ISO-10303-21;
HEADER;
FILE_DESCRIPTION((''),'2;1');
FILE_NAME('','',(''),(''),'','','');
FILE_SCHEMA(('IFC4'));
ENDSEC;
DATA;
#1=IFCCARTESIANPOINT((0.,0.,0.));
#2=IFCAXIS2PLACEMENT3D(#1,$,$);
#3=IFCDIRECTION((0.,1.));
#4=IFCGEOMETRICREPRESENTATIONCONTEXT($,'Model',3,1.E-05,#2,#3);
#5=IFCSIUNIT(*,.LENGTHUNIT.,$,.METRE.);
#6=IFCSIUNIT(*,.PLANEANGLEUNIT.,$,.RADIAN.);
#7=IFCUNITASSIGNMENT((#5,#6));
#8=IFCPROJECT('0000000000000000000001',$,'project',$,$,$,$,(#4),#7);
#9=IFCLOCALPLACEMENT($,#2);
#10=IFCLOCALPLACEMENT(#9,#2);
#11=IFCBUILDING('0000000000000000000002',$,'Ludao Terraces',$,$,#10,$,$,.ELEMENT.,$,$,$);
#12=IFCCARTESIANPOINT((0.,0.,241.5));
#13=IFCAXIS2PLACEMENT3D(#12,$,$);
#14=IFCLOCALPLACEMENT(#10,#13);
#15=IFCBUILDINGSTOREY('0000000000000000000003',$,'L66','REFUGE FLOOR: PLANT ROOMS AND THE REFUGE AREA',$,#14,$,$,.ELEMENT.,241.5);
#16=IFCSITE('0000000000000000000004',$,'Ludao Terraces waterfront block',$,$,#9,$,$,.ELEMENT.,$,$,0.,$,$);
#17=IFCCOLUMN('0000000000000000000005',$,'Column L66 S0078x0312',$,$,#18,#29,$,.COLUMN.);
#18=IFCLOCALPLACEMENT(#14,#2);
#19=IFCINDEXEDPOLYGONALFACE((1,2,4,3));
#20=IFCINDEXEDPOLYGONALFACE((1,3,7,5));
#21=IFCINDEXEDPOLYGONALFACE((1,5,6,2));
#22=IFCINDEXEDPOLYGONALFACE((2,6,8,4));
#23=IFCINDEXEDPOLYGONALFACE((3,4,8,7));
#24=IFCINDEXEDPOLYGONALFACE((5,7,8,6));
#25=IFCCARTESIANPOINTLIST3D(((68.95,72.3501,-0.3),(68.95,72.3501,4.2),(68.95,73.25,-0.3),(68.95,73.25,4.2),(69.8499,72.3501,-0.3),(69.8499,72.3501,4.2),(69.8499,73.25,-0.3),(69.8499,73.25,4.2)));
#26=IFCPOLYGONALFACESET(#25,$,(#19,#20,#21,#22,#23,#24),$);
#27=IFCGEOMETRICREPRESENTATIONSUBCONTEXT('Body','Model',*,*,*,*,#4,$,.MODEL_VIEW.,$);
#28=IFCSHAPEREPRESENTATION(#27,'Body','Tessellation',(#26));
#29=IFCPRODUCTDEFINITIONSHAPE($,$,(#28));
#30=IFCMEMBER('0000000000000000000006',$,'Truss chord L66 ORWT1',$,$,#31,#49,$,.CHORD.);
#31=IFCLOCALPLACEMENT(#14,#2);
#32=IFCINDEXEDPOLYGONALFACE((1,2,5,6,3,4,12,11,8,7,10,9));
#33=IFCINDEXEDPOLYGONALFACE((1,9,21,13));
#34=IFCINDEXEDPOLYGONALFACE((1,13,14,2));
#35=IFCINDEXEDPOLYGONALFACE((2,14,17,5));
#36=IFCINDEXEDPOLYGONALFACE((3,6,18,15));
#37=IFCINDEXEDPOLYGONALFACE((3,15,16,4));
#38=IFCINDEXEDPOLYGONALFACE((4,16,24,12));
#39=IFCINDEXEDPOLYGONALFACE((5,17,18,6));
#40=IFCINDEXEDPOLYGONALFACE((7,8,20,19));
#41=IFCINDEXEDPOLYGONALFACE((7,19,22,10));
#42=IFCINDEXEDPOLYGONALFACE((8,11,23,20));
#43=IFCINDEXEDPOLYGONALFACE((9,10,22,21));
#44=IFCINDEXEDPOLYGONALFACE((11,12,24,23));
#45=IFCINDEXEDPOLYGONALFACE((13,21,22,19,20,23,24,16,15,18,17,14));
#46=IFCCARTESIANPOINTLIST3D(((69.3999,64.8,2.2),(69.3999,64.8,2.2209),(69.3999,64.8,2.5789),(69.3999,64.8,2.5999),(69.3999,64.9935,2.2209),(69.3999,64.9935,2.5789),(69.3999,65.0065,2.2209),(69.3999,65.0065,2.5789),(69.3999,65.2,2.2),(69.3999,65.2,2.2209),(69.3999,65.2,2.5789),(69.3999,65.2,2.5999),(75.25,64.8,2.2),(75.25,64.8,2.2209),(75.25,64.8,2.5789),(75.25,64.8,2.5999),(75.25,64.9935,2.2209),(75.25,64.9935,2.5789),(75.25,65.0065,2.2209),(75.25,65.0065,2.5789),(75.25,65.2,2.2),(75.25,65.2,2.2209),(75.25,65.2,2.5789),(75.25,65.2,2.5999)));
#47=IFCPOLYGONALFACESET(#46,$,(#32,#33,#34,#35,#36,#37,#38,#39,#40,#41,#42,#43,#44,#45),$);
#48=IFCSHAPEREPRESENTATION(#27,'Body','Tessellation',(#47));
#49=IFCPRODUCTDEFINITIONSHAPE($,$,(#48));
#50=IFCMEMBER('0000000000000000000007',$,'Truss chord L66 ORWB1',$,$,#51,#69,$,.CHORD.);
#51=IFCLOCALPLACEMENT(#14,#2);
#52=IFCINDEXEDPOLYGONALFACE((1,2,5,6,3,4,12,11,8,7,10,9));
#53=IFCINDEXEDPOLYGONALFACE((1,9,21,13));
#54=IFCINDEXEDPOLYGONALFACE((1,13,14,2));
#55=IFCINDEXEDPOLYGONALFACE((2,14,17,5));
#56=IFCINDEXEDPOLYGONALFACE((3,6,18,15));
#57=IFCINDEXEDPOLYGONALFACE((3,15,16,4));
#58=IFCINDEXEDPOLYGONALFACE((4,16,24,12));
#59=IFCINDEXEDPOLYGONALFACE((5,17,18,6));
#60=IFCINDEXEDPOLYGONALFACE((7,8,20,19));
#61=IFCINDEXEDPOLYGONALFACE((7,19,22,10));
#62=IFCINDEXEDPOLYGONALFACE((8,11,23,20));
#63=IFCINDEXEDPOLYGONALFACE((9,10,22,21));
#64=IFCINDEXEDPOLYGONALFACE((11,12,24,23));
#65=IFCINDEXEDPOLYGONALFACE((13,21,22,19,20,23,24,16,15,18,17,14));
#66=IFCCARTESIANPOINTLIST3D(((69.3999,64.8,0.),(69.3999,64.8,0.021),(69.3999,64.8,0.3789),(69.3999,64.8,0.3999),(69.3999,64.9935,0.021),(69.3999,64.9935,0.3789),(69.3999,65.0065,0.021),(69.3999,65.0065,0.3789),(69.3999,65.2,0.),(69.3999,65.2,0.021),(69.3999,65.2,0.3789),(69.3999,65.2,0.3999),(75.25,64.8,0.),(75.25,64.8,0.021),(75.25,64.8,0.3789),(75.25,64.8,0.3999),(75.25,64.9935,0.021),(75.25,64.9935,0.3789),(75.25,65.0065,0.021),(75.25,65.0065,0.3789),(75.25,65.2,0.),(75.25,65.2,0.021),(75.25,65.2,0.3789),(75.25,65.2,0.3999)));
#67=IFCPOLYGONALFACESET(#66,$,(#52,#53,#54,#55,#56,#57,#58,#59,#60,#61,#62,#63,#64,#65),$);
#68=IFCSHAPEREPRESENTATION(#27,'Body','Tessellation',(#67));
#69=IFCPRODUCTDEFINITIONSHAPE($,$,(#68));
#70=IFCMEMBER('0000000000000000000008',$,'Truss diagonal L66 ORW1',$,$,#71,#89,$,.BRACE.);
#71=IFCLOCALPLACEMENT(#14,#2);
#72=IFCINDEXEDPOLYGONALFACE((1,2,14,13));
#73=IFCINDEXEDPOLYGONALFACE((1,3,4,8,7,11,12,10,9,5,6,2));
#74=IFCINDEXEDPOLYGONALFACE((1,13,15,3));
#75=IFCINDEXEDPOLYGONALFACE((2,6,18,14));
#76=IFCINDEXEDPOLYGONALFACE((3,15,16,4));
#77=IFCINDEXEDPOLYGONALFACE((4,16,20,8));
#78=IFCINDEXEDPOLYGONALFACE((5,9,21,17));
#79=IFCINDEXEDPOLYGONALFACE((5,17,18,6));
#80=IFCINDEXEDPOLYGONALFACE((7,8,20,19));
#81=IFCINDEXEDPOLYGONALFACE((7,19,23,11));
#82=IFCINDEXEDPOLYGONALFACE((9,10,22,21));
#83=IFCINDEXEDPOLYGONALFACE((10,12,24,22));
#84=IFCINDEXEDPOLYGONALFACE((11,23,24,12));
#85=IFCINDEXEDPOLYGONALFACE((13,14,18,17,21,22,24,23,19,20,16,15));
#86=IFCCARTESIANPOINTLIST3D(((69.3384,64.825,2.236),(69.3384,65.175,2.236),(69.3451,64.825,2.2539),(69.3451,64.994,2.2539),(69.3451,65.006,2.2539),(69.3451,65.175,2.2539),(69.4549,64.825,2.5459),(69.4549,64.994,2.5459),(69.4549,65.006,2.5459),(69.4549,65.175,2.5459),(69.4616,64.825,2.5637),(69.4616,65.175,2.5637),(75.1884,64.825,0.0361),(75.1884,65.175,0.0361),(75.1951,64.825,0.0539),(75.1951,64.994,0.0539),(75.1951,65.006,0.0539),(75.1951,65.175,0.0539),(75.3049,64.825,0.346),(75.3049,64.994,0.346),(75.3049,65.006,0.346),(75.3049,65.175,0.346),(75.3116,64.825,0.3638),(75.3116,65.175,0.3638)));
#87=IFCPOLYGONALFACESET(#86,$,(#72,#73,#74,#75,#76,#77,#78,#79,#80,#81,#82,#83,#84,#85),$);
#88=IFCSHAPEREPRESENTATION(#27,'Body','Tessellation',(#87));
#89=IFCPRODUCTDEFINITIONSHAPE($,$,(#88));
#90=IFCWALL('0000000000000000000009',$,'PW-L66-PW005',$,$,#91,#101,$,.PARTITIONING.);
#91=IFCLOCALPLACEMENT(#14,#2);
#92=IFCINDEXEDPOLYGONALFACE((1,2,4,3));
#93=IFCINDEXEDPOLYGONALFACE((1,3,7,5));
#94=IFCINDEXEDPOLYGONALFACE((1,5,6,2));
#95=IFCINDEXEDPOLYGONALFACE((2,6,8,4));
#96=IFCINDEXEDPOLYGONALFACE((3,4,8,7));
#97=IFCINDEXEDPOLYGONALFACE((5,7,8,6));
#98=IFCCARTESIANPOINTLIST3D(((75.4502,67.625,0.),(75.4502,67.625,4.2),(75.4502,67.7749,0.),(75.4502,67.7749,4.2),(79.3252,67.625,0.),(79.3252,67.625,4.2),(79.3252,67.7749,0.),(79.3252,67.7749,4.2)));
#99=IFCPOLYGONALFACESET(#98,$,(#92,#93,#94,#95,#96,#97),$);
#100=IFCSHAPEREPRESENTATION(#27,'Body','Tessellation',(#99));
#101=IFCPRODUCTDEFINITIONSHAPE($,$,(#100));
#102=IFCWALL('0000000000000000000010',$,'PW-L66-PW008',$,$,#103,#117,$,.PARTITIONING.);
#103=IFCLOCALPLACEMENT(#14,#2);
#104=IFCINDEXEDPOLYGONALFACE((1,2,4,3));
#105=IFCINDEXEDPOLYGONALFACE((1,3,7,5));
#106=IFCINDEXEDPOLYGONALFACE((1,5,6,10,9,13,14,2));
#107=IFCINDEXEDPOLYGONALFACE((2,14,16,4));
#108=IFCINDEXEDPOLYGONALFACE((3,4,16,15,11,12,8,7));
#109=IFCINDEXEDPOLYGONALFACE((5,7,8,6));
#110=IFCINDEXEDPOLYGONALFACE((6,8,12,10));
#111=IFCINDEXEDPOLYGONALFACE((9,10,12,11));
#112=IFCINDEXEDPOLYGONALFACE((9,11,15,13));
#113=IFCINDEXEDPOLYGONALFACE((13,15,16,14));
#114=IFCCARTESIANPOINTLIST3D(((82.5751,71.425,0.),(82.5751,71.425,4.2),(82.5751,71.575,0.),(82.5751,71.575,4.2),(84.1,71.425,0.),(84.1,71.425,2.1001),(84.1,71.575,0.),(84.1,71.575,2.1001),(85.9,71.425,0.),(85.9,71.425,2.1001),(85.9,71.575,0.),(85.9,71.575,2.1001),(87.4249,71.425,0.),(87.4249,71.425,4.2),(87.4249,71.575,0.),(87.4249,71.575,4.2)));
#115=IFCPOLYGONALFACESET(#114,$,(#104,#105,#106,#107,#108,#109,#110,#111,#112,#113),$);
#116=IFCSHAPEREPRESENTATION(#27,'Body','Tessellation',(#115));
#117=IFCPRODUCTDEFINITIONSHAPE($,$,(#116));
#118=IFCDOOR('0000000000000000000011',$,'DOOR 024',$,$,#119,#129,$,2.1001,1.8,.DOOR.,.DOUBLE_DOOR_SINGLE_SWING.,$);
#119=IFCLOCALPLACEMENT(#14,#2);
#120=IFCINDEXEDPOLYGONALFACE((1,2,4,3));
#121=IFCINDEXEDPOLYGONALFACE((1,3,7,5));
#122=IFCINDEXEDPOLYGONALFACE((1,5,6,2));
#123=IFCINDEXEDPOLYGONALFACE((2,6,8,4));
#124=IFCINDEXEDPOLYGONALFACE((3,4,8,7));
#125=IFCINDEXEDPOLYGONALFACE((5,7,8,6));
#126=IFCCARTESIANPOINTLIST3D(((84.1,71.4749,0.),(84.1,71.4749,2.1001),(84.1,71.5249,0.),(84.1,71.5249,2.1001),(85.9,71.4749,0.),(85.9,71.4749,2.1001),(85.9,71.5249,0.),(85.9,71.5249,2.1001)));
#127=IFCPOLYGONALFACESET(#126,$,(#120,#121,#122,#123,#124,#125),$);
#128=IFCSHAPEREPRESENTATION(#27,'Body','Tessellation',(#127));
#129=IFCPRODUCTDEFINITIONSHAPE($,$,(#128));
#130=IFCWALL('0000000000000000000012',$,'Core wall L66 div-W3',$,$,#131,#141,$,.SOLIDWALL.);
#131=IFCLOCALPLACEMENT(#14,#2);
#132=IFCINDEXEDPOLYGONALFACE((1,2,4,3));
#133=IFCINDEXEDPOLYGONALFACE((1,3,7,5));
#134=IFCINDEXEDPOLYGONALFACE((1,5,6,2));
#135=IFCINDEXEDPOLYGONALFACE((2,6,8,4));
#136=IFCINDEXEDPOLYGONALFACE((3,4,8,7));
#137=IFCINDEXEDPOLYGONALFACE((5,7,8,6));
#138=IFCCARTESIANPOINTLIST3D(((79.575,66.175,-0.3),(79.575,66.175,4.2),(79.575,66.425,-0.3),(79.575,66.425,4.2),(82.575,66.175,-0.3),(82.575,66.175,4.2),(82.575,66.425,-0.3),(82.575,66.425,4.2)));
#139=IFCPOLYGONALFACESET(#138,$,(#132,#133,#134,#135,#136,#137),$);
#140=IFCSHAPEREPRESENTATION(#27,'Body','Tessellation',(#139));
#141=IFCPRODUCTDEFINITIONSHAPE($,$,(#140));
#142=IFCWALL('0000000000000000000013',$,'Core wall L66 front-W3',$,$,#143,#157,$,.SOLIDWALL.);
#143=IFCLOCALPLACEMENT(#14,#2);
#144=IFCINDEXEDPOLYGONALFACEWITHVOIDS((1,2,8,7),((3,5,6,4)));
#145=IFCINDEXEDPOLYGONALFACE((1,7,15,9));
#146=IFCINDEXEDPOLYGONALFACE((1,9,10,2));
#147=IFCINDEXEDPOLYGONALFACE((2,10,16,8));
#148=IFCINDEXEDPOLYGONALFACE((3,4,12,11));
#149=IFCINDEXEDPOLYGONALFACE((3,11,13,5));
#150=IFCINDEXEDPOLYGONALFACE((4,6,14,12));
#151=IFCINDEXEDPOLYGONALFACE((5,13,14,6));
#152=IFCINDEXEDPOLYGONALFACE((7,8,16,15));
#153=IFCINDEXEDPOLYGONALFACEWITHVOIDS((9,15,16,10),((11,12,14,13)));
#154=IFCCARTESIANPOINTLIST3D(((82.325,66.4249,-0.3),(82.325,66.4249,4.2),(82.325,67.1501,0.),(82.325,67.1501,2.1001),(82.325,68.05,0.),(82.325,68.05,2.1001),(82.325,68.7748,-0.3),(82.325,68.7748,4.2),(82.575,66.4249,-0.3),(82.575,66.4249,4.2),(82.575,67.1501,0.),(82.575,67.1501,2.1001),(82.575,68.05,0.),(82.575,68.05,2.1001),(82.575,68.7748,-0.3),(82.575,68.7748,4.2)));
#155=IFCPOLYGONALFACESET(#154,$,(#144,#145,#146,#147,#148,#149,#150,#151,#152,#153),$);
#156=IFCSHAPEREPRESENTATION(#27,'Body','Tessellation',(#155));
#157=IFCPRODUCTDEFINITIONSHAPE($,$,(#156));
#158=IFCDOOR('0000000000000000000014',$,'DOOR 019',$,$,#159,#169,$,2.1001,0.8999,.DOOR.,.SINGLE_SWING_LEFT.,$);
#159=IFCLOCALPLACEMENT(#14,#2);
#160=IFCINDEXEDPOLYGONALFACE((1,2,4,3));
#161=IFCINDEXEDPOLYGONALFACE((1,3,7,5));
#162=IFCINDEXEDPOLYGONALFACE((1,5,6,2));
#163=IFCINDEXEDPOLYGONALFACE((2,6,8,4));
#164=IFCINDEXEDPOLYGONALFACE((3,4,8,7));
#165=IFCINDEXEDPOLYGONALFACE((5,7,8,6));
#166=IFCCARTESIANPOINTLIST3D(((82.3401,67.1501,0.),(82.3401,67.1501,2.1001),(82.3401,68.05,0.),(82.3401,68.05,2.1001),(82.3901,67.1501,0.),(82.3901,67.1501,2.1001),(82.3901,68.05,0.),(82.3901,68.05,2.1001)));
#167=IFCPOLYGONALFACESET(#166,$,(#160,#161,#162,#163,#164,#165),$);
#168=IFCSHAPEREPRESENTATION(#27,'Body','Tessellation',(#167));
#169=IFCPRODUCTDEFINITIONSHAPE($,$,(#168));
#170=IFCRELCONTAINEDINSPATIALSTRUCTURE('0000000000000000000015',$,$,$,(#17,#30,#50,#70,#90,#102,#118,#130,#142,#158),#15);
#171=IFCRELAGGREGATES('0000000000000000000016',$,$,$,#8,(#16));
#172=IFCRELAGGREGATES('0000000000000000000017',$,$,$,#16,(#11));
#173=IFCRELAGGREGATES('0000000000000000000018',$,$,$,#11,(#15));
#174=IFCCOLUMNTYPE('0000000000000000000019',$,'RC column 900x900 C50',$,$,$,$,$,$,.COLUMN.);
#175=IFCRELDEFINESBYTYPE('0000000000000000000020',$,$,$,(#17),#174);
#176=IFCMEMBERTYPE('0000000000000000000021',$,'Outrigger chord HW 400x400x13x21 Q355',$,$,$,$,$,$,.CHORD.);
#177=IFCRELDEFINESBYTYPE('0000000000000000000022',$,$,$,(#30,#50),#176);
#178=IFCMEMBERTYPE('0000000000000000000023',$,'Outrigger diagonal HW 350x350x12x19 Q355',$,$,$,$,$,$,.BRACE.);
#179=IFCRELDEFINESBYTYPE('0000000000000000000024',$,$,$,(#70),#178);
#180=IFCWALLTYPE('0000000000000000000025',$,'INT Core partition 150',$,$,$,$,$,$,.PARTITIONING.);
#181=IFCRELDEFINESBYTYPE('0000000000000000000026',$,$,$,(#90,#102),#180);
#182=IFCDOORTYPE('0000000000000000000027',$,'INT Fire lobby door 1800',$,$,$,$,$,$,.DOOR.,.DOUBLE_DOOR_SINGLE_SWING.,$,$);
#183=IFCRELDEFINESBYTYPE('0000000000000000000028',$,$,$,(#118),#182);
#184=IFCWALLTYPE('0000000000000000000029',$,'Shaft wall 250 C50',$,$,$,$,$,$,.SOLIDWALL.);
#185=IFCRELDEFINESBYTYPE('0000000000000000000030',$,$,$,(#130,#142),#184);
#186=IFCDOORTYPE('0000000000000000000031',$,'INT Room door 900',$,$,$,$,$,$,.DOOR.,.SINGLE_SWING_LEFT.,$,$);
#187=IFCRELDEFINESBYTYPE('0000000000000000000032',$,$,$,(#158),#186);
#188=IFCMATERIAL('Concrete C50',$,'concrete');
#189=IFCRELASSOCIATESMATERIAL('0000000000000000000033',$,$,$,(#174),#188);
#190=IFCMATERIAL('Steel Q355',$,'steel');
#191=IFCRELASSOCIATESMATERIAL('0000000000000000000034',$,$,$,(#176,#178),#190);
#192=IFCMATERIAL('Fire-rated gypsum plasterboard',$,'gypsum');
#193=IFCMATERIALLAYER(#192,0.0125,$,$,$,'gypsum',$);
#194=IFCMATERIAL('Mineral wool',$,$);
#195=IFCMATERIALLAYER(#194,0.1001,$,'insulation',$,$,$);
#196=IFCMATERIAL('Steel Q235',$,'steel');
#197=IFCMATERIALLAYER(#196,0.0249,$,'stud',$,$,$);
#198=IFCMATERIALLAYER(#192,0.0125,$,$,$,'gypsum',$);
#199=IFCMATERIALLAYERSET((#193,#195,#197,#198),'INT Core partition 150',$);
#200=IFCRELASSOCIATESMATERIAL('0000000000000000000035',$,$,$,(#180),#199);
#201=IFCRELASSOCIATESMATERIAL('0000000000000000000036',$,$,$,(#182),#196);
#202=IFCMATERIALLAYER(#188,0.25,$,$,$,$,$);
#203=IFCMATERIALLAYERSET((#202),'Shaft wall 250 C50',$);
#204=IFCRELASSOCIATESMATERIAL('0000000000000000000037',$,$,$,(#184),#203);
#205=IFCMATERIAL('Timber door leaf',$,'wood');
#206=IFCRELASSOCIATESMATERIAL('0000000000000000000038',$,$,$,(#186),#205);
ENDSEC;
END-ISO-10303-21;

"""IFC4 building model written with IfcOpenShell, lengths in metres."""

from ifc_helpers import new_model, si_unit, direction, frame, frame_2d, origin, origin_2d, place, context, subcontext, project, spatial, rectangle, i_section, extrude, material, layer, layer_set, material_profile, profile_set, type_object, element, fill, save


model = new_model("IFC4")

# Units and contexts
model_context = context("Model", 3, precision=1e-05, world=origin(), true_north=direction((0.0, 1.0)))
body_context = subcontext(model_context, "Body", "Model", "MODEL_VIEW")
ifc_project = project(units=[si_unit("LENGTHUNIT", "METRE"), si_unit("PLANEANGLEUNIT", "RADIAN")], contexts=[model_context])

# Site, building, storey
site_placement = place(None, origin())
site = spatial("IfcSite", under=ifc_project, at=site_placement, Name="Ludao Terraces waterfront block", CompositionType="ELEMENT", RefElevation=0.0)
building_placement = place(site_placement, origin())
building = spatial("IfcBuilding", under=site, at=building_placement, Name="Ludao Terraces", CompositionType="ELEMENT")
storey_placement = place(building_placement, frame((0.0, 0.0, 241.5)))
storey = spatial("IfcBuildingStorey", under=building, at=storey_placement, Name="L66", Description="REFUGE FLOOR: PLANT ROOMS AND THE REFUGE AREA", CompositionType="ELEMENT", Elevation=241.5)

# Column
ifc_material_1 = material(Name="Concrete C50", Category="concrete")
ifc_material_profile_1 = material_profile(ifc_material_1, rectangle(XDim=0.8999, YDim=0.8999, at=origin_2d()), Name="900 X 900")
ifc_profile_set_1 = profile_set([ifc_material_profile_1], Name="Concrete C50")
column_type = type_object("IfcColumnType", Name="RC column 900x900 C50", PredefinedType="COLUMN", material=ifc_profile_set_1)
column_placement = place(storey_placement, frame((69.3999, 72.8, -0.3), z_axis=(0.0, 0.0, 1.0), x_axis=(1.0, 0.0, 0.0)))
element("IfcColumn", 1, at=column_placement, inside=storey, type_object=column_type, Name="Column L66 S0078x0312", PredefinedType="COLUMN", context=body_context, shape_type="SweptSolid", body=[
    extrude(rectangle(XDim=0.8999, YDim=0.8999, at=origin_2d()), origin(), (0.0, 0.0, 1.0), 4.5),
])

# Members
ifc_material_2 = material(Name="Steel Q355", Category="steel")
ifc_material_profile_2 = material_profile(ifc_material_2, i_section(OverallWidth=0.3999, OverallDepth=0.3999, WebThickness=0.0129, FlangeThickness=0.021, at=origin_2d()), Name="HW 400X400X13X21")
ifc_profile_set_2 = profile_set([ifc_material_profile_2], Name="Steel Q355")
member_type_1 = type_object("IfcMemberType", Name="Outrigger chord HW 400x400x13x21 Q355", PredefinedType="CHORD", material=ifc_profile_set_2)
for number, where, z_axis, x_axis, name in (
    (2, (75.25, 65.0, 2.3999), (-1.0, 0.0, 0.0), (0.0, -1.0, 0.0), "Truss chord L66 ORWT1"),
    (3, (75.25, 65.0, 0.2), (-1.0, 0.0, 0.0), (0.0, -1.0, 0.0), "Truss chord L66 ORWB1"),
):
    element("IfcMember", number, at=place(storey_placement, frame(where, z_axis=z_axis, x_axis=x_axis)), inside=storey, type_object=member_type_1, Name=name, PredefinedType="CHORD", context=body_context, shape_type="SweptSolid", body=[
        extrude(i_section(OverallWidth=0.3999, OverallDepth=0.3999, WebThickness=0.0129, FlangeThickness=0.021, at=origin_2d()), origin(), (0.0, 0.0, 1.0), 5.8501),
    ])
ifc_material_profile_3 = material_profile(ifc_material_2, i_section(OverallWidth=0.3501, OverallDepth=0.3501, WebThickness=0.012, FlangeThickness=0.019, at=origin_2d()), Name="HW 350X350X12X19")
ifc_profile_set_3 = profile_set([ifc_material_profile_3], Name="Steel Q355")
member_type_2 = type_object("IfcMemberType", Name="Outrigger diagonal HW 350x350x12x19 Q355", PredefinedType="BRACE", material=ifc_profile_set_3)
member_placement = place(storey_placement, frame((75.25, 65.0, 0.2), z_axis=(-0.936005, 0.0, 0.351988), x_axis=(0.0, -1.0, 0.0)))
element("IfcMember", 4, at=member_placement, inside=storey, type_object=member_type_2, Name="Truss diagonal L66 ORW1", PredefinedType="BRACE", context=body_context, shape_type="SweptSolid", body=[
    extrude(i_section(OverallWidth=0.3501, OverallDepth=0.3501, WebThickness=0.012, FlangeThickness=0.019, at=origin_2d()), origin(), (0.0, 0.0, 1.0), 6.25),
])

# Wall
ifc_material_3 = material(Name="Fire-rated gypsum plasterboard", Category="gypsum")
ifc_layer_1 = layer(ifc_material_3, 0.0125, Category="gypsum")
ifc_material_4 = material(Name="Mineral wool")
ifc_layer_2 = layer(ifc_material_4, 0.1001, Name="insulation")
ifc_material_5 = material(Name="Steel Q235", Category="steel")
ifc_layer_3 = layer(ifc_material_5, 0.0249, Name="stud")
ifc_layer_4 = layer(ifc_material_3, 0.0125, Category="gypsum")
ifc_layer_set_1 = layer_set([ifc_layer_1, ifc_layer_2, ifc_layer_3, ifc_layer_4], Name="INT Core partition 150")
wall_type_1 = type_object("IfcWallType", Name="INT Core partition 150", PredefinedType="PARTITIONING", material=ifc_layer_set_1)
wall_1_placement = place(storey_placement, frame((75.4502, 67.7, 0.0), z_axis=(0.0, 0.0, 1.0), x_axis=(1.0, 0.0, 0.0)))
element("IfcWall", 5, at=wall_1_placement, inside=storey, type_object=wall_type_1, Name="PW-L66-PW005", PredefinedType="PARTITIONING", context=body_context, shape_type="SweptSolid", body=[
    extrude(rectangle(XDim=3.875, YDim=0.1499, at=frame_2d((1.9375, 0.0))), origin(), (0.0, 0.0, 1.0), 4.2),
])

# Wall, opening, door
wall_2_placement = place(storey_placement, frame((82.5752, 71.5, 0.0), z_axis=(0.0, 0.0, 1.0), x_axis=(1.0, 0.0, 0.0)))
wall_2 = element("IfcWall", 6, at=wall_2_placement, inside=storey, type_object=wall_type_1, Name="PW-L66-PW008", PredefinedType="PARTITIONING", context=body_context, shape_type="SweptSolid", body=[
    extrude(rectangle(XDim=4.8499, YDim=0.1499, at=frame_2d((2.4248, 0.0))), origin(), (0.0, 0.0, 1.0), 4.2),
])
opening_1_placement = place(wall_2_placement, frame((1.5249, 0.0, 0.0)))
opening_1 = element("IfcOpeningElement", 7, at=opening_1_placement, cuts=wall_2, PredefinedType="OPENING", context=body_context, shape_type="SweptSolid", body=[
    extrude(rectangle(XDim=1.8, YDim=2.1001, at=frame_2d((0.8999, 1.05))), frame((0.0, 0.085, 0.0), z_axis=(0.0, -1.0, 0.0), x_axis=(1.0, 0.0, 0.0)), (0.0, 0.0, 1.0), 0.1699),
])
door_type_1 = type_object("IfcDoorType", Name="INT Fire lobby door 1800", OperationType="DOUBLE_DOOR_SINGLE_SWING", PredefinedType="DOOR", material=ifc_material_5)
door_1_placement = place(opening_1_placement, origin())
door_1 = element("IfcDoor", 8, at=door_1_placement, inside=storey, type_object=door_type_1, Name="DOOR 024", OperationType="DOUBLE_DOOR_SINGLE_SWING", OverallHeight=2.1001, OverallWidth=1.8, PredefinedType="DOOR", context=body_context, shape_type="SweptSolid", body=[
    extrude(rectangle(XDim=1.8, YDim=2.1001, at=frame_2d((0.8999, 1.05))), frame((0.0, 0.0249, 0.0), z_axis=(0.0, -1.0, 0.0), x_axis=(1.0, 0.0, 0.0)), (0.0, 0.0, 1.0), 0.05),
])
fill(opening_1, door_1)

# Wall
ifc_layer_5 = layer(ifc_material_1, 0.25)
ifc_layer_set_2 = layer_set([ifc_layer_5], Name="Shaft wall 250 C50")
wall_type_2 = type_object("IfcWallType", Name="Shaft wall 250 C50", PredefinedType="SOLIDWALL", material=ifc_layer_set_2)
wall_3_placement = place(storey_placement, frame((79.575, 66.3, -0.3), z_axis=(0.0, 0.0, 1.0), x_axis=(1.0, 0.0, 0.0)))
element("IfcWall", 9, at=wall_3_placement, inside=storey, type_object=wall_type_2, Name="Core wall L66 div-W3", PredefinedType="SOLIDWALL", context=body_context, shape_type="SweptSolid", body=[
    extrude(rectangle(XDim=3.0, YDim=0.25, at=frame_2d((1.5, 0.0))), origin(), (0.0, 0.0, 1.0), 4.5),
])

# Wall, opening, door
wall_4_placement = place(storey_placement, frame((82.45, 66.425, -0.3), z_axis=(0.0, 0.0, 1.0), x_axis=(0.0, 1.0, 0.0)))
wall_4 = element("IfcWall", 10, at=wall_4_placement, inside=storey, type_object=wall_type_2, Name="Core wall L66 front-W3", PredefinedType="SOLIDWALL", context=body_context, shape_type="SweptSolid", body=[
    extrude(rectangle(XDim=2.3499, YDim=0.25, at=frame_2d((1.1748, 0.0))), origin(), (0.0, 0.0, 1.0), 4.5),
])
opening_2_placement = place(wall_4_placement, frame((0.7251, 0.0, 0.3)))
opening_2 = element("IfcOpeningElement", 11, at=opening_2_placement, cuts=wall_4, PredefinedType="OPENING", context=body_context, shape_type="SweptSolid", body=[
    extrude(rectangle(XDim=0.8999, YDim=2.1001, at=frame_2d((0.45, 1.05))), frame((0.0, 0.135, 0.0), z_axis=(0.0, -1.0, 0.0), x_axis=(1.0, 0.0, 0.0)), (0.0, 0.0, 1.0), 0.27),
])
ifc_material_6 = material(Name="Timber door leaf", Category="wood")
door_type_2 = type_object("IfcDoorType", Name="INT Room door 900", OperationType="SINGLE_SWING_LEFT", PredefinedType="DOOR", material=ifc_material_6)
door_2_placement = place(opening_2_placement, origin())
door_2 = element("IfcDoor", 12, at=door_2_placement, inside=storey, type_object=door_type_2, Name="DOOR 019", OperationType="SINGLE_SWING_LEFT", OverallHeight=2.1001, OverallWidth=0.8999, PredefinedType="DOOR", context=body_context, shape_type="SweptSolid", body=[
    extrude(rectangle(XDim=0.8999, YDim=2.1001, at=frame_2d((0.45, 1.05))), frame((0.0, 0.1099, 0.0), z_axis=(0.0, -1.0, 0.0), x_axis=(1.0, 0.0, 0.0)), (0.0, 0.0, 1.0), 0.05),
])
fill(opening_2, door_2)

save(model, "model.ifc")
